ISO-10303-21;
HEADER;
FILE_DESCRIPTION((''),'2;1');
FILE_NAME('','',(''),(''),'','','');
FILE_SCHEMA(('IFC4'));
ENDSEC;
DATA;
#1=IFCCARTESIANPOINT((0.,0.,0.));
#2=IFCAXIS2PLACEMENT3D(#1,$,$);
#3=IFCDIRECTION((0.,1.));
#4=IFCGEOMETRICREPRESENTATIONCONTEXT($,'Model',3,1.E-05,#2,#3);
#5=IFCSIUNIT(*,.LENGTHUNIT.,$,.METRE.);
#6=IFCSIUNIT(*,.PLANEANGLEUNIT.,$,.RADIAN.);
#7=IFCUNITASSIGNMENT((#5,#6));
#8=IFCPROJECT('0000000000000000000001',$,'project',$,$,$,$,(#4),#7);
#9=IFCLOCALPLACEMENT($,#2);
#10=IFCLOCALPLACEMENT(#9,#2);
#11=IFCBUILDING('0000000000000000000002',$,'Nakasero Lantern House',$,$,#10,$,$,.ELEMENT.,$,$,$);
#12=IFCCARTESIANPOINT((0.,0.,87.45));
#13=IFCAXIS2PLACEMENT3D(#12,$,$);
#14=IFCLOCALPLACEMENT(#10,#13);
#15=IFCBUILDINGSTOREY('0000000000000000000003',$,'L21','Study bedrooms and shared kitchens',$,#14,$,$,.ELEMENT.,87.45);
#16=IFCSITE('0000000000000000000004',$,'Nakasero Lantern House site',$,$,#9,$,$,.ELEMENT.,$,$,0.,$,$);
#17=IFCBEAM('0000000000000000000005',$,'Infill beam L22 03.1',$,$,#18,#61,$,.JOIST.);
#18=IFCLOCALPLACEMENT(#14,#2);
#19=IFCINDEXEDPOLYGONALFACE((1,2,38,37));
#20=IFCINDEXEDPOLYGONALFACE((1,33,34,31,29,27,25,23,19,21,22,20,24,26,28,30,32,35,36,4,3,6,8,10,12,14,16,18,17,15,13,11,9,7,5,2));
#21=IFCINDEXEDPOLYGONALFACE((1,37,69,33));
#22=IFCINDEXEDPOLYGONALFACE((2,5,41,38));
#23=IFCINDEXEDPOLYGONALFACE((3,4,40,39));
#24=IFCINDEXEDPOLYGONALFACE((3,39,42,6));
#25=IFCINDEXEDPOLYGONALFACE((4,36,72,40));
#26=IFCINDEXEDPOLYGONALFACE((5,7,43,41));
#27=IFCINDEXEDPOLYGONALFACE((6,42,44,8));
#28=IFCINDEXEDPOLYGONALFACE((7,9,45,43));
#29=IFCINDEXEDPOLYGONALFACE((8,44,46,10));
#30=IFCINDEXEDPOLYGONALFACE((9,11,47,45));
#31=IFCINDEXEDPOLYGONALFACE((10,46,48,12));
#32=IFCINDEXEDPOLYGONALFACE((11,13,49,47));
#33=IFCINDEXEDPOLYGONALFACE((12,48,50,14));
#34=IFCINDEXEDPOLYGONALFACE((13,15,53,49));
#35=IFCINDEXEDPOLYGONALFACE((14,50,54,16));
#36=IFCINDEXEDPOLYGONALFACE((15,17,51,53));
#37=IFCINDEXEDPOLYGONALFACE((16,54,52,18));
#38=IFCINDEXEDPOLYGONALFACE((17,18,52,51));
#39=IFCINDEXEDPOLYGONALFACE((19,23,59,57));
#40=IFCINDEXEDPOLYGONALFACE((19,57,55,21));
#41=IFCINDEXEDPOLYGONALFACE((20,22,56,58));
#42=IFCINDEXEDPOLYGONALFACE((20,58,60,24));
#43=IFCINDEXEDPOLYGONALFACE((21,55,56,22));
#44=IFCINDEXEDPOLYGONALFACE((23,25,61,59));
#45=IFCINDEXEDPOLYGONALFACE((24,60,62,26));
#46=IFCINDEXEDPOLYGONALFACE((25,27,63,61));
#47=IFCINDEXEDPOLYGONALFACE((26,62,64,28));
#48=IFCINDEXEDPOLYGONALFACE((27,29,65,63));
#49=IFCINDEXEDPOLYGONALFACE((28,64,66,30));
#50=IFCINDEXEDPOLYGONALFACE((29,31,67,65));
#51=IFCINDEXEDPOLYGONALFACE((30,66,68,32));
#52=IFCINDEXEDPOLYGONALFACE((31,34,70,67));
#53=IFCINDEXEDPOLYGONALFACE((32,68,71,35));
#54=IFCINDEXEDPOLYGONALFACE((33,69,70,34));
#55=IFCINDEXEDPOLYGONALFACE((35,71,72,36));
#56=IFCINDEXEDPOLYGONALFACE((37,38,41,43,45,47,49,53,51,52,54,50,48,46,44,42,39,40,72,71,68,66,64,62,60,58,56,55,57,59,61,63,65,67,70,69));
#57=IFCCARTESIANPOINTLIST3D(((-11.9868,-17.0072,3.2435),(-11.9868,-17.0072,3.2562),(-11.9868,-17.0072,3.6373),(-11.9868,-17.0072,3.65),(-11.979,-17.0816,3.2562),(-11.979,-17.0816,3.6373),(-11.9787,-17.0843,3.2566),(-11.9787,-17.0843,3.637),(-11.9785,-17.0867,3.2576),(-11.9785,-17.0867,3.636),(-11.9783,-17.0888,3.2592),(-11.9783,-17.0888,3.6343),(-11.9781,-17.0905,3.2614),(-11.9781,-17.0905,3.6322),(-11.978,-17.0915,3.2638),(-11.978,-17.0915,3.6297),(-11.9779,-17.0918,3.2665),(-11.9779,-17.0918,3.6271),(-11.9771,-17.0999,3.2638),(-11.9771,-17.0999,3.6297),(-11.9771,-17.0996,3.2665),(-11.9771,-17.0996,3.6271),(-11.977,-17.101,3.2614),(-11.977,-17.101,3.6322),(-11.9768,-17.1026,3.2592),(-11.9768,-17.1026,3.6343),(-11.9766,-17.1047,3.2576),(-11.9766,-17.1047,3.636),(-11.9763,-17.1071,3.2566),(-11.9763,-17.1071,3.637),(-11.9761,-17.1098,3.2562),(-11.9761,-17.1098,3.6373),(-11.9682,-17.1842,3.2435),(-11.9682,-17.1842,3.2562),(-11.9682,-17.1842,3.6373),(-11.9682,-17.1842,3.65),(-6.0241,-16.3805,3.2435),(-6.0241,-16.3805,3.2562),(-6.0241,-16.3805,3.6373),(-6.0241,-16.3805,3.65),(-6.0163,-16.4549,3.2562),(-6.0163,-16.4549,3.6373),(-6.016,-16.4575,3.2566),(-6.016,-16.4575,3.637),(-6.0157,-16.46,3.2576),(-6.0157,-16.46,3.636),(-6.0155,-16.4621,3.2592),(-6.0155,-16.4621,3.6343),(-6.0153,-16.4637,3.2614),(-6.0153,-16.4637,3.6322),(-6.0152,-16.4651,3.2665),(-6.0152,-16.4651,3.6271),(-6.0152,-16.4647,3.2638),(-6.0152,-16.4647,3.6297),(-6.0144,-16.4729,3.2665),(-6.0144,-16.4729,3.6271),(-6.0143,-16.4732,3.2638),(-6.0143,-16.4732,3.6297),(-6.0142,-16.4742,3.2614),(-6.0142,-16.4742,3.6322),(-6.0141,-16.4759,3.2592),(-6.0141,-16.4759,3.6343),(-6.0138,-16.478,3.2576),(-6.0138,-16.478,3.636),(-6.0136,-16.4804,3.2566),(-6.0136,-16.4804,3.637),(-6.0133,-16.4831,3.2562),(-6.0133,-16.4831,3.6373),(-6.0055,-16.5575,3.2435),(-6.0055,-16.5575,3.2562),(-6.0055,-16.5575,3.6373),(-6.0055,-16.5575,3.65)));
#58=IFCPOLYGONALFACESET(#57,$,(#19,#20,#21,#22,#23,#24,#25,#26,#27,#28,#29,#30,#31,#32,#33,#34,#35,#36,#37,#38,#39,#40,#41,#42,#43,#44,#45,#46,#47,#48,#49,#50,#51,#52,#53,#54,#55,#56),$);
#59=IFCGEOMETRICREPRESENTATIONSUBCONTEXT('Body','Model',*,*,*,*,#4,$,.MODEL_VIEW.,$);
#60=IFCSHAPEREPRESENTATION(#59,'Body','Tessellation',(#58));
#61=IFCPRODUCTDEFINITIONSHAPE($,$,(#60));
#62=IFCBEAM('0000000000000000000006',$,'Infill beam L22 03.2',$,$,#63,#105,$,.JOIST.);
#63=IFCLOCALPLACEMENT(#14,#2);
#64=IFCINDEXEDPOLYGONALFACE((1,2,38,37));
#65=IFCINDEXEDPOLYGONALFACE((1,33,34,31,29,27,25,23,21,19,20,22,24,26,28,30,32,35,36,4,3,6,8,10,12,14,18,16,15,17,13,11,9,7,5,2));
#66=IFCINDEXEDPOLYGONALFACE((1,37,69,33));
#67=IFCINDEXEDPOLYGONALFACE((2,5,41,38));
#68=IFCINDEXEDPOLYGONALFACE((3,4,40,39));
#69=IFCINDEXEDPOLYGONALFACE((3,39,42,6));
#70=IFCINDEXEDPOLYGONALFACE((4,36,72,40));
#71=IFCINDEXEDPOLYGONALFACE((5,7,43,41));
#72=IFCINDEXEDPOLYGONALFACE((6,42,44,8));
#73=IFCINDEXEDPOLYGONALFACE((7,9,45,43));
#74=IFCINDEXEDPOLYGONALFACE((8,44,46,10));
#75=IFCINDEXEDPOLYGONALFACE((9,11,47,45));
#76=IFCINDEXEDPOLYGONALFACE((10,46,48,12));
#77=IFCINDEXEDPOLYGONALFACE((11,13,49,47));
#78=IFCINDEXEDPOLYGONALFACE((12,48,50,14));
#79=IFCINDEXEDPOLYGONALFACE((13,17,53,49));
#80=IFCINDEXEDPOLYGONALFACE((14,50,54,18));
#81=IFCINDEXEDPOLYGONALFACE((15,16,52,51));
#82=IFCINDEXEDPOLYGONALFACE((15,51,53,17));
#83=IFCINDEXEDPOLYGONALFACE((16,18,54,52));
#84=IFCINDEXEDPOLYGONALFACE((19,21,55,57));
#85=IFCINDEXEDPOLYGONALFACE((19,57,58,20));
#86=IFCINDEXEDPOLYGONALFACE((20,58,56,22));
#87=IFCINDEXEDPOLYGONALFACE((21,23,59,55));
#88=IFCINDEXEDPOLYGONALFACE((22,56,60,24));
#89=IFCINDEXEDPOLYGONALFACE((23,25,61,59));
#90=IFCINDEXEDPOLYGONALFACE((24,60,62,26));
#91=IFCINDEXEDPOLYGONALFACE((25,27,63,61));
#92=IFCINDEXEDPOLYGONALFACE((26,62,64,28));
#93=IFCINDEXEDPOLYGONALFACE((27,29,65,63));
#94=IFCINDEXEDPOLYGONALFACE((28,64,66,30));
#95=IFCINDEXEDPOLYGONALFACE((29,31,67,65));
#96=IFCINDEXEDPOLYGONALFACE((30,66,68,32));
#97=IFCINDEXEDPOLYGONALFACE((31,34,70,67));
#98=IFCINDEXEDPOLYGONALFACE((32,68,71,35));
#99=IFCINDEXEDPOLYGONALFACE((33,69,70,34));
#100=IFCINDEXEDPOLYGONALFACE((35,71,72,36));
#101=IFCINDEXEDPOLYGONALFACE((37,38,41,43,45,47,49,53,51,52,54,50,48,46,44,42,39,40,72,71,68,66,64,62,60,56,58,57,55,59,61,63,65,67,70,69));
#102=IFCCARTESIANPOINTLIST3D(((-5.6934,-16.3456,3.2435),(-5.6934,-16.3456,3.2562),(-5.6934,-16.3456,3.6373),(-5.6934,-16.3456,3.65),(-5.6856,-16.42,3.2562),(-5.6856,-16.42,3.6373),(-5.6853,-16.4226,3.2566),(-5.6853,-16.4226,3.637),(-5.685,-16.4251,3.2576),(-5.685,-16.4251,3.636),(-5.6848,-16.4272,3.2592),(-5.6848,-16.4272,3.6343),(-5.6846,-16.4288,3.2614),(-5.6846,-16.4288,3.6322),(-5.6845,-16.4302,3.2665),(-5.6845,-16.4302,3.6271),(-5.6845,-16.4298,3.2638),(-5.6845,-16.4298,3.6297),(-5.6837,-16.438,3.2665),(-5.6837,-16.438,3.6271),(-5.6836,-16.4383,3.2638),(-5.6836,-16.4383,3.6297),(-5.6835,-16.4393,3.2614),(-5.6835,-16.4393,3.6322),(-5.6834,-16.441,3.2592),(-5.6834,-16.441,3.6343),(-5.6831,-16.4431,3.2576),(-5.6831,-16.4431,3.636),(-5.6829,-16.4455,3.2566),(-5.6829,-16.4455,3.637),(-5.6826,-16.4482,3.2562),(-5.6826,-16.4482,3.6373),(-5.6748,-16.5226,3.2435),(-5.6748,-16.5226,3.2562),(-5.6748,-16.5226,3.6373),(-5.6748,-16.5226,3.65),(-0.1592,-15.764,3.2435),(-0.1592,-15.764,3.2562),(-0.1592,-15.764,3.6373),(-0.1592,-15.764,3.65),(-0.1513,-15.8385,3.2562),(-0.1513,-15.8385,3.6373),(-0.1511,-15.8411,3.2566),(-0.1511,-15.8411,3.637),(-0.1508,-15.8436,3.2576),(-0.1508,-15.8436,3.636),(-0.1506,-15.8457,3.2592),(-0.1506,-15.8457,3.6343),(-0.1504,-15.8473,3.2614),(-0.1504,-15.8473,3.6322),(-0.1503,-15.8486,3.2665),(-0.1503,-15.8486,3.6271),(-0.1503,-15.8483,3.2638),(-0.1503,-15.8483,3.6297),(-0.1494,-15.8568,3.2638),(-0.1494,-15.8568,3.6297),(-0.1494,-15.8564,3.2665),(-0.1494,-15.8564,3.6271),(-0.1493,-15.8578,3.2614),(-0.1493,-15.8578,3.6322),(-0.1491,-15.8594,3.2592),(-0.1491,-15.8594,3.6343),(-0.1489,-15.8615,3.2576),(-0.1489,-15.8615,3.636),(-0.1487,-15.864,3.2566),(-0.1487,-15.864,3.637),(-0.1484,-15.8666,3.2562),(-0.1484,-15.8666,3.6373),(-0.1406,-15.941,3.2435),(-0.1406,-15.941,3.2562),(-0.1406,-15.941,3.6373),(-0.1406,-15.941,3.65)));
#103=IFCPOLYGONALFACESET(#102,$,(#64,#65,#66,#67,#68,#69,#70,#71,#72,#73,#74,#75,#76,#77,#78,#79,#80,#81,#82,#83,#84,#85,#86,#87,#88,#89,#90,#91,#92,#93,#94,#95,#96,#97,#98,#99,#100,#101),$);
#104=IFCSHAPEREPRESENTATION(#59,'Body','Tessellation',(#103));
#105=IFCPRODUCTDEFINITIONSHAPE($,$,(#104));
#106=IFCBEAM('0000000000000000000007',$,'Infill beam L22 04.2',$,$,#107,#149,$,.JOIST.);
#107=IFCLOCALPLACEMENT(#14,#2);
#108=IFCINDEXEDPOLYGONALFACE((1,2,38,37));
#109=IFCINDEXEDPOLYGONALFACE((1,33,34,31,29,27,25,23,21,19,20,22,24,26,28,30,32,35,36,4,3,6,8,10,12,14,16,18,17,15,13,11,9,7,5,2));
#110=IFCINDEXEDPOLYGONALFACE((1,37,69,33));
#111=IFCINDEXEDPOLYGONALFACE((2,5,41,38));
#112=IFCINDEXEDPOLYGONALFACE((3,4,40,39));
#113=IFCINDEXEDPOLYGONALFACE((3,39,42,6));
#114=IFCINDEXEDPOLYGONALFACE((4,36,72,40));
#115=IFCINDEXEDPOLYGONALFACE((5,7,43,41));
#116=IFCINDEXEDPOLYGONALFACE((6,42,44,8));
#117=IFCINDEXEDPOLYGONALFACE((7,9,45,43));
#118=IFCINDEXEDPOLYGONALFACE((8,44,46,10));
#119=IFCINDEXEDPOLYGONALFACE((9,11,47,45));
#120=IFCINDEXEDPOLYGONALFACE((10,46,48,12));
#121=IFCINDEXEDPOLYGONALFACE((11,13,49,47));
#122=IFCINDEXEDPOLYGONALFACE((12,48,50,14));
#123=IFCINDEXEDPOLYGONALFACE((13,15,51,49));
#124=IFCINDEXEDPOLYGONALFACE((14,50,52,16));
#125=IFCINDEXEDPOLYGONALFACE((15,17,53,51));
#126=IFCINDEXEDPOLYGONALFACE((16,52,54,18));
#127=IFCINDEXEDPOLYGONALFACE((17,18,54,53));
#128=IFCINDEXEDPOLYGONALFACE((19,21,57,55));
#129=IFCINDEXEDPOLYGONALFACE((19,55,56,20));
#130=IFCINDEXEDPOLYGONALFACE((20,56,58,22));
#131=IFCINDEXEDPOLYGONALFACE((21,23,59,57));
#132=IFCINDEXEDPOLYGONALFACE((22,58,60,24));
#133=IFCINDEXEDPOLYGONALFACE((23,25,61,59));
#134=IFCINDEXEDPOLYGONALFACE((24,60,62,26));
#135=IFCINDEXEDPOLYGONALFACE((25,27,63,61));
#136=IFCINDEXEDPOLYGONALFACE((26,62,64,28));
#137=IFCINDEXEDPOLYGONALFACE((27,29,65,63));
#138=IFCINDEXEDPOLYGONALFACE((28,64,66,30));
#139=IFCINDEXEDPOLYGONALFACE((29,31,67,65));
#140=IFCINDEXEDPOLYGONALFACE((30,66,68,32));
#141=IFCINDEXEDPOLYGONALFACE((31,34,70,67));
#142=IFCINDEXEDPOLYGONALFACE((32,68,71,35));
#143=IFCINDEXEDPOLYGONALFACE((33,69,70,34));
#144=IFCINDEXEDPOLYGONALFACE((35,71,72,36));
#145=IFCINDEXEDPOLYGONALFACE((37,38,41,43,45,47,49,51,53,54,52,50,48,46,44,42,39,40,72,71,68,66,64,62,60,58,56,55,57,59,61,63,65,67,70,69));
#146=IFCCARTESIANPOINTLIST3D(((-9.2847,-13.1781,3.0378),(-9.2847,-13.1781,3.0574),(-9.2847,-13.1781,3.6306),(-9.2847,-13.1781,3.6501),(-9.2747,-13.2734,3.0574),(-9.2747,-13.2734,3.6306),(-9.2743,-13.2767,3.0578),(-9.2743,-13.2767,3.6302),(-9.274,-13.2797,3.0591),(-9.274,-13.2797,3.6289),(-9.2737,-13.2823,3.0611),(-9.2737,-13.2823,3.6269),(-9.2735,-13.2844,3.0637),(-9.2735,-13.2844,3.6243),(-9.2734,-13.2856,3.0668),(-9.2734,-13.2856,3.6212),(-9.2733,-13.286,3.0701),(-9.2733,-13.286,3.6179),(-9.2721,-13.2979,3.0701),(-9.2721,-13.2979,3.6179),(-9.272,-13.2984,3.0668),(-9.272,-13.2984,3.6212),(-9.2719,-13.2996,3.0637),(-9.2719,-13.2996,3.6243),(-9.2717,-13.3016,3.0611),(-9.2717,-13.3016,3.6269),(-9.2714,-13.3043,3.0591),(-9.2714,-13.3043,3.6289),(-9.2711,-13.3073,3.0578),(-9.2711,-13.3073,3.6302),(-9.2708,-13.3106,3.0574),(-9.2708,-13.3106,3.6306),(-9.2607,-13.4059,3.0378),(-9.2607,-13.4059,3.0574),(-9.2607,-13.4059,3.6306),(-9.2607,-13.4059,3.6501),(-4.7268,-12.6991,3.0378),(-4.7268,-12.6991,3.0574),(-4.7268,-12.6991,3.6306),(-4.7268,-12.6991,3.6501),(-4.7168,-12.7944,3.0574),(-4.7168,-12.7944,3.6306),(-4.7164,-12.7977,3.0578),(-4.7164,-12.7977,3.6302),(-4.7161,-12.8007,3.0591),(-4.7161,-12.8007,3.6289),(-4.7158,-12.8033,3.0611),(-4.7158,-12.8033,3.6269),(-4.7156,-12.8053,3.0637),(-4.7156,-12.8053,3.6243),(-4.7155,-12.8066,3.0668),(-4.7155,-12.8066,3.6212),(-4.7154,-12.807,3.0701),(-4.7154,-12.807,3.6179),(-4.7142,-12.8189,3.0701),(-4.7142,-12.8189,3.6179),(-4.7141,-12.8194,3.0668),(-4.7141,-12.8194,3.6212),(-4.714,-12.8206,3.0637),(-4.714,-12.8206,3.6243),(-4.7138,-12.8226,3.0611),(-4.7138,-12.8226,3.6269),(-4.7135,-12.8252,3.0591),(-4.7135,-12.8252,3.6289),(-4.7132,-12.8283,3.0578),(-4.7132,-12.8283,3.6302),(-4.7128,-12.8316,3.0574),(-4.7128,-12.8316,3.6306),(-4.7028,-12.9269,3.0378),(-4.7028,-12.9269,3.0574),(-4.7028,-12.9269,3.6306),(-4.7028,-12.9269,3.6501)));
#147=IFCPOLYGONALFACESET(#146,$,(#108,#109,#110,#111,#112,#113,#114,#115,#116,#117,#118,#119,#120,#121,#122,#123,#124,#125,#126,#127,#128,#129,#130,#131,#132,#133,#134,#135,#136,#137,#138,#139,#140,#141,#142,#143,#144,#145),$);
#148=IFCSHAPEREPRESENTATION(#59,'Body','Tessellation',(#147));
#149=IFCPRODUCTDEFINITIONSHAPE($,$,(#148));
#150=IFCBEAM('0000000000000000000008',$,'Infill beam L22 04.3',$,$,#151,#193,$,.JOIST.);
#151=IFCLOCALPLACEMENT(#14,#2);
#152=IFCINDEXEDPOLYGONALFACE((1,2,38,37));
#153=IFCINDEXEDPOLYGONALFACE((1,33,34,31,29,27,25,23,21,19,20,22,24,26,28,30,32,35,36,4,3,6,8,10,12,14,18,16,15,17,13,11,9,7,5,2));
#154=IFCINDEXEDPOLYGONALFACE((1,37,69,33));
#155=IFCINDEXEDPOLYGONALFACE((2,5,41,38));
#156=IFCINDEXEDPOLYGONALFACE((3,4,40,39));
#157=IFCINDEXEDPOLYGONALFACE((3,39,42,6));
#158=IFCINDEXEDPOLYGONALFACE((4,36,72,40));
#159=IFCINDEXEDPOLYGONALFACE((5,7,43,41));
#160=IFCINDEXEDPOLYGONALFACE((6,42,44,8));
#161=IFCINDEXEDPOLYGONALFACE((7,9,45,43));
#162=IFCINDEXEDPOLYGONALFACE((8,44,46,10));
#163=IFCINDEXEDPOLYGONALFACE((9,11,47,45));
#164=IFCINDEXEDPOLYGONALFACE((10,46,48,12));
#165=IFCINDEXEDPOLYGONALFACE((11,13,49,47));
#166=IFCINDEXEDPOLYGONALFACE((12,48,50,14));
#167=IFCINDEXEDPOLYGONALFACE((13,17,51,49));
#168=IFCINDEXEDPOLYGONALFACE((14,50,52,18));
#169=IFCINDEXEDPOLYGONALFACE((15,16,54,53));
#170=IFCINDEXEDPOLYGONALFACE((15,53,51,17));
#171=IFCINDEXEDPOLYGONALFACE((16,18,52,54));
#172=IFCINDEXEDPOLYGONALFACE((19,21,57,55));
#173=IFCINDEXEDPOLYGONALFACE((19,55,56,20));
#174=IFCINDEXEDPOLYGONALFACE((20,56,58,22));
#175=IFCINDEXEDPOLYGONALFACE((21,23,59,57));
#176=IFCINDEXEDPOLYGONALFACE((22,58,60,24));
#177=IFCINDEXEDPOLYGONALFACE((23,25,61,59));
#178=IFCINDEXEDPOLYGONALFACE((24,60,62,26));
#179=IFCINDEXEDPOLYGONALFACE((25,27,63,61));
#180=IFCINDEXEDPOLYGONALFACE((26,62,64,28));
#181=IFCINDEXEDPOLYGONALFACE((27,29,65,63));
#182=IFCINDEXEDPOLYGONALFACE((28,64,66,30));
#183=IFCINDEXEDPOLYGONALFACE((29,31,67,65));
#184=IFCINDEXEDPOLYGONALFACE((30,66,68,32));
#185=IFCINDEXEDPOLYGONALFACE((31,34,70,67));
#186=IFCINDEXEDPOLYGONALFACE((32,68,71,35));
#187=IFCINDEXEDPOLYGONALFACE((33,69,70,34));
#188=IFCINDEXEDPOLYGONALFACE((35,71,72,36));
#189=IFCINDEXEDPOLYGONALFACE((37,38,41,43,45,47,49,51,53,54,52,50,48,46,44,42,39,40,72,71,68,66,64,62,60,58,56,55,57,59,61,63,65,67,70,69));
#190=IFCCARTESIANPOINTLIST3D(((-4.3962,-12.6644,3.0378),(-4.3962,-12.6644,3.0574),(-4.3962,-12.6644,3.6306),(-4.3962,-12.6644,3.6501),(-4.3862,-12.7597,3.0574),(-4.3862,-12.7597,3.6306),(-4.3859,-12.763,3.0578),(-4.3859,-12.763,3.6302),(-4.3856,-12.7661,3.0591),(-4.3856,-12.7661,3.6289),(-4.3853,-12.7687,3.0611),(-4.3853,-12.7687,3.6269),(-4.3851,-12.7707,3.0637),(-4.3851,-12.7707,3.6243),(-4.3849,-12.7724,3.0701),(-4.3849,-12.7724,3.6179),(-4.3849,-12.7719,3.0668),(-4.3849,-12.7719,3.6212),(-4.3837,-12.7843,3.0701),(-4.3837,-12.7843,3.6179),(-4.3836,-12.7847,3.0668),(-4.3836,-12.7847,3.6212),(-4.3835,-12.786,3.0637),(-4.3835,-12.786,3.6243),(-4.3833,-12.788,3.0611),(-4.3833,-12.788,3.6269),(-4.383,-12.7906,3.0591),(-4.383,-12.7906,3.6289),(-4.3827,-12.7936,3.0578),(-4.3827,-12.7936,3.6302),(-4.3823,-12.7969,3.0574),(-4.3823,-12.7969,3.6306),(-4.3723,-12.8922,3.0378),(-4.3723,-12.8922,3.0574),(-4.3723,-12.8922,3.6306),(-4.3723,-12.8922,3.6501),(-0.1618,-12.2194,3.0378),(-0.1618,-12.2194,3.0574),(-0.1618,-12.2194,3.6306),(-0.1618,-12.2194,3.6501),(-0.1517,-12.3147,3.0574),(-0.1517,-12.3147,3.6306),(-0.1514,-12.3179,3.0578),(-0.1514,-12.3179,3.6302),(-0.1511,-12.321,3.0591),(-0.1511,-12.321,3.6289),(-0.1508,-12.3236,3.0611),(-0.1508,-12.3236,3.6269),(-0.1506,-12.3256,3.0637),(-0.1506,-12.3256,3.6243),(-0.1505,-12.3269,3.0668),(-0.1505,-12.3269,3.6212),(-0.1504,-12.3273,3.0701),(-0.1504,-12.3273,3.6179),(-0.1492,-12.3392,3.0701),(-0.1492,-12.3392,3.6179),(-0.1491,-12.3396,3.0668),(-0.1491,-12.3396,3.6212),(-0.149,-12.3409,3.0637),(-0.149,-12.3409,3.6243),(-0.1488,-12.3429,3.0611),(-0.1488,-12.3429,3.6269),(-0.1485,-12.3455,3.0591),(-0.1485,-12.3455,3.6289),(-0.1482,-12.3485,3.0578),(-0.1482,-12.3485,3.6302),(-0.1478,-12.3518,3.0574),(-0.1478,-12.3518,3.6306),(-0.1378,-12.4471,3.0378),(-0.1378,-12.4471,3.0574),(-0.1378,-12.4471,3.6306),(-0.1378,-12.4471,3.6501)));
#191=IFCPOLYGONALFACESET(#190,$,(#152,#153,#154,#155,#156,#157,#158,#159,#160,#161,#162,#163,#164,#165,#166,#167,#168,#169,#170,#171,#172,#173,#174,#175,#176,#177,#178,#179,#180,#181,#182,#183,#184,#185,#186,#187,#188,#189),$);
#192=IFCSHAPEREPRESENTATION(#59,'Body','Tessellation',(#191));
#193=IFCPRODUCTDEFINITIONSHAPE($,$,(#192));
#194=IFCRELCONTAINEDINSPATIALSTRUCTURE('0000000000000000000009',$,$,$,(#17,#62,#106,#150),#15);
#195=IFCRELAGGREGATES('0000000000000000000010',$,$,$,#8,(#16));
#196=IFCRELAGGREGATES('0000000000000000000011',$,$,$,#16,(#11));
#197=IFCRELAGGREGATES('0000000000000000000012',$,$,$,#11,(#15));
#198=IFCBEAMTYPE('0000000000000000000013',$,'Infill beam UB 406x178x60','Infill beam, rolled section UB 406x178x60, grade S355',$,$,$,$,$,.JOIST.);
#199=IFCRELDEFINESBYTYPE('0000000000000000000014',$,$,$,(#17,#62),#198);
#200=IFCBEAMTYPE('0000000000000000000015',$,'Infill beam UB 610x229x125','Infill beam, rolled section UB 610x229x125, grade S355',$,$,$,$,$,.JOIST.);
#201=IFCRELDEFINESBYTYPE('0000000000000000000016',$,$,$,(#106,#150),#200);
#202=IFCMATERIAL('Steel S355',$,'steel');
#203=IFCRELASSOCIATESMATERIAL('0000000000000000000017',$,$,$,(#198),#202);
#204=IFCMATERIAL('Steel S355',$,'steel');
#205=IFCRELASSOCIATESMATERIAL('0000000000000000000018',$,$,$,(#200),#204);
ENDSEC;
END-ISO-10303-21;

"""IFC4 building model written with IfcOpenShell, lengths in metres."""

from ifc_helpers import new_model, si_unit, direction, frame, origin, origin_2d, place, context, subcontext, project, spatial, i_section, extrude, material, material_profile, profile_set, type_object, element, save


model = new_model("IFC4")

# Units and contexts
model_context = context("Model", 3, precision=1e-05, world=origin(), true_north=direction((0.0, 1.0)))
body_context = subcontext(model_context, "Body", "Model", "MODEL_VIEW")
ifc_project = project(units=[si_unit("LENGTHUNIT", "METRE"), si_unit("PLANEANGLEUNIT", "RADIAN")], contexts=[model_context])

# Site, building, storey
site_placement = place(None, origin())
site = spatial("IfcSite", under=ifc_project, at=site_placement, Name="Nakasero Lantern House site", CompositionType="ELEMENT", RefElevation=0.0)
building_placement = place(site_placement, origin())
building = spatial("IfcBuilding", under=site, at=building_placement, Name="Nakasero Lantern House", CompositionType="ELEMENT")
storey_placement = place(building_placement, frame((0.0, 0.0, 87.45)))
storey = spatial("IfcBuildingStorey", under=building, at=storey_placement, Name="L21", Description="Study bedrooms and shared kitchens", CompositionType="ELEMENT", Elevation=87.45)

# Beams
ifc_material_1 = material(Name="Steel S355", Category="steel")
ifc_material_profile_1 = material_profile(ifc_material_1, i_section(OverallWidth=0.178, OverallDepth=0.4065, WebThickness=0.0078, FlangeThickness=0.0127, FilletRadius=0.0103, at=origin_2d()), Name="UB 406x178x60")
ifc_profile_set_1 = profile_set([ifc_material_profile_1], Name="Steel S355")
beam_type_1 = type_object("IfcBeamType", Name="Infill beam UB 406x178x60", Description="Infill beam, rolled section UB 406x178x60, grade S355", PredefinedType="JOIST", material=ifc_profile_set_1)
beam_1_placement = place(storey_placement, frame((-11.9775, -17.0957, 3.4468), z_axis=(0.994522, 0.10453, 0.0), x_axis=(-0.10453, 0.994522, 0.0)))
element("IfcBeam", 1, at=beam_1_placement, inside=storey, type_object=beam_type_1, Name="Infill beam L22 03.1", PredefinedType="JOIST", context=body_context, shape_type="SweptSolid", body=[
    extrude(i_section(OverallWidth=0.178, OverallDepth=0.4065, WebThickness=0.0078, FlangeThickness=0.0127, FilletRadius=0.0103, at=origin_2d()), origin(), (0.0, 0.0, 1.0), 5.9956),
])
beam_2_placement = place(storey_placement, frame((-5.6841, -16.4341, 3.4468), z_axis=(0.994524, 0.104507, 0.0), x_axis=(-0.104507, 0.994524, 0.0)))
element("IfcBeam", 2, at=beam_2_placement, inside=storey, type_object=beam_type_1, Name="Infill beam L22 03.2", PredefinedType="JOIST", context=body_context, shape_type="SweptSolid", body=[
    extrude(i_section(OverallWidth=0.178, OverallDepth=0.4065, WebThickness=0.0078, FlangeThickness=0.0127, FilletRadius=0.0103, at=origin_2d()), origin(), (0.0, 0.0, 1.0), 5.5647),
])
ifc_material_2 = material(Name="Steel S355", Category="steel")
ifc_material_profile_2 = material_profile(ifc_material_2, i_section(OverallWidth=0.229, OverallDepth=0.6123, WebThickness=0.012, FlangeThickness=0.0195, FilletRadius=0.0127, at=origin_2d()), Name="UB 610x229x125")
ifc_profile_set_2 = profile_set([ifc_material_profile_2], Name="Steel S355")
beam_type_2 = type_object("IfcBeamType", Name="Infill beam UB 610x229x125", Description="Infill beam, rolled section UB 610x229x125, grade S355", PredefinedType="JOIST", material=ifc_profile_set_2)
beam_3_placement = place(storey_placement, frame((-9.2727, -13.292, 3.344), z_axis=(0.994523, 0.104518, 0.0), x_axis=(-0.104518, 0.994523, 0.0)))
element("IfcBeam", 3, at=beam_3_placement, inside=storey, type_object=beam_type_2, Name="Infill beam L22 04.2", PredefinedType="JOIST", context=body_context, shape_type="SweptSolid", body=[
    extrude(i_section(OverallWidth=0.229, OverallDepth=0.6123, WebThickness=0.012, FlangeThickness=0.0195, FilletRadius=0.0127, at=origin_2d()), origin(), (0.0, 0.0, 1.0), 4.583),
])
beam_4_placement = place(storey_placement, frame((-4.3843, -12.7783, 3.344), z_axis=(0.994521, 0.104533, 0.0), x_axis=(-0.104533, 0.994521, 0.0)))
element("IfcBeam", 4, at=beam_4_placement, inside=storey, type_object=beam_type_2, Name="Infill beam L22 04.3", PredefinedType="JOIST", context=body_context, shape_type="SweptSolid", body=[
    extrude(i_section(OverallWidth=0.229, OverallDepth=0.6123, WebThickness=0.012, FlangeThickness=0.0195, FilletRadius=0.0127, at=origin_2d()), origin(), (0.0, 0.0, 1.0), 4.2578),
])

save(model, "model.ifc")
